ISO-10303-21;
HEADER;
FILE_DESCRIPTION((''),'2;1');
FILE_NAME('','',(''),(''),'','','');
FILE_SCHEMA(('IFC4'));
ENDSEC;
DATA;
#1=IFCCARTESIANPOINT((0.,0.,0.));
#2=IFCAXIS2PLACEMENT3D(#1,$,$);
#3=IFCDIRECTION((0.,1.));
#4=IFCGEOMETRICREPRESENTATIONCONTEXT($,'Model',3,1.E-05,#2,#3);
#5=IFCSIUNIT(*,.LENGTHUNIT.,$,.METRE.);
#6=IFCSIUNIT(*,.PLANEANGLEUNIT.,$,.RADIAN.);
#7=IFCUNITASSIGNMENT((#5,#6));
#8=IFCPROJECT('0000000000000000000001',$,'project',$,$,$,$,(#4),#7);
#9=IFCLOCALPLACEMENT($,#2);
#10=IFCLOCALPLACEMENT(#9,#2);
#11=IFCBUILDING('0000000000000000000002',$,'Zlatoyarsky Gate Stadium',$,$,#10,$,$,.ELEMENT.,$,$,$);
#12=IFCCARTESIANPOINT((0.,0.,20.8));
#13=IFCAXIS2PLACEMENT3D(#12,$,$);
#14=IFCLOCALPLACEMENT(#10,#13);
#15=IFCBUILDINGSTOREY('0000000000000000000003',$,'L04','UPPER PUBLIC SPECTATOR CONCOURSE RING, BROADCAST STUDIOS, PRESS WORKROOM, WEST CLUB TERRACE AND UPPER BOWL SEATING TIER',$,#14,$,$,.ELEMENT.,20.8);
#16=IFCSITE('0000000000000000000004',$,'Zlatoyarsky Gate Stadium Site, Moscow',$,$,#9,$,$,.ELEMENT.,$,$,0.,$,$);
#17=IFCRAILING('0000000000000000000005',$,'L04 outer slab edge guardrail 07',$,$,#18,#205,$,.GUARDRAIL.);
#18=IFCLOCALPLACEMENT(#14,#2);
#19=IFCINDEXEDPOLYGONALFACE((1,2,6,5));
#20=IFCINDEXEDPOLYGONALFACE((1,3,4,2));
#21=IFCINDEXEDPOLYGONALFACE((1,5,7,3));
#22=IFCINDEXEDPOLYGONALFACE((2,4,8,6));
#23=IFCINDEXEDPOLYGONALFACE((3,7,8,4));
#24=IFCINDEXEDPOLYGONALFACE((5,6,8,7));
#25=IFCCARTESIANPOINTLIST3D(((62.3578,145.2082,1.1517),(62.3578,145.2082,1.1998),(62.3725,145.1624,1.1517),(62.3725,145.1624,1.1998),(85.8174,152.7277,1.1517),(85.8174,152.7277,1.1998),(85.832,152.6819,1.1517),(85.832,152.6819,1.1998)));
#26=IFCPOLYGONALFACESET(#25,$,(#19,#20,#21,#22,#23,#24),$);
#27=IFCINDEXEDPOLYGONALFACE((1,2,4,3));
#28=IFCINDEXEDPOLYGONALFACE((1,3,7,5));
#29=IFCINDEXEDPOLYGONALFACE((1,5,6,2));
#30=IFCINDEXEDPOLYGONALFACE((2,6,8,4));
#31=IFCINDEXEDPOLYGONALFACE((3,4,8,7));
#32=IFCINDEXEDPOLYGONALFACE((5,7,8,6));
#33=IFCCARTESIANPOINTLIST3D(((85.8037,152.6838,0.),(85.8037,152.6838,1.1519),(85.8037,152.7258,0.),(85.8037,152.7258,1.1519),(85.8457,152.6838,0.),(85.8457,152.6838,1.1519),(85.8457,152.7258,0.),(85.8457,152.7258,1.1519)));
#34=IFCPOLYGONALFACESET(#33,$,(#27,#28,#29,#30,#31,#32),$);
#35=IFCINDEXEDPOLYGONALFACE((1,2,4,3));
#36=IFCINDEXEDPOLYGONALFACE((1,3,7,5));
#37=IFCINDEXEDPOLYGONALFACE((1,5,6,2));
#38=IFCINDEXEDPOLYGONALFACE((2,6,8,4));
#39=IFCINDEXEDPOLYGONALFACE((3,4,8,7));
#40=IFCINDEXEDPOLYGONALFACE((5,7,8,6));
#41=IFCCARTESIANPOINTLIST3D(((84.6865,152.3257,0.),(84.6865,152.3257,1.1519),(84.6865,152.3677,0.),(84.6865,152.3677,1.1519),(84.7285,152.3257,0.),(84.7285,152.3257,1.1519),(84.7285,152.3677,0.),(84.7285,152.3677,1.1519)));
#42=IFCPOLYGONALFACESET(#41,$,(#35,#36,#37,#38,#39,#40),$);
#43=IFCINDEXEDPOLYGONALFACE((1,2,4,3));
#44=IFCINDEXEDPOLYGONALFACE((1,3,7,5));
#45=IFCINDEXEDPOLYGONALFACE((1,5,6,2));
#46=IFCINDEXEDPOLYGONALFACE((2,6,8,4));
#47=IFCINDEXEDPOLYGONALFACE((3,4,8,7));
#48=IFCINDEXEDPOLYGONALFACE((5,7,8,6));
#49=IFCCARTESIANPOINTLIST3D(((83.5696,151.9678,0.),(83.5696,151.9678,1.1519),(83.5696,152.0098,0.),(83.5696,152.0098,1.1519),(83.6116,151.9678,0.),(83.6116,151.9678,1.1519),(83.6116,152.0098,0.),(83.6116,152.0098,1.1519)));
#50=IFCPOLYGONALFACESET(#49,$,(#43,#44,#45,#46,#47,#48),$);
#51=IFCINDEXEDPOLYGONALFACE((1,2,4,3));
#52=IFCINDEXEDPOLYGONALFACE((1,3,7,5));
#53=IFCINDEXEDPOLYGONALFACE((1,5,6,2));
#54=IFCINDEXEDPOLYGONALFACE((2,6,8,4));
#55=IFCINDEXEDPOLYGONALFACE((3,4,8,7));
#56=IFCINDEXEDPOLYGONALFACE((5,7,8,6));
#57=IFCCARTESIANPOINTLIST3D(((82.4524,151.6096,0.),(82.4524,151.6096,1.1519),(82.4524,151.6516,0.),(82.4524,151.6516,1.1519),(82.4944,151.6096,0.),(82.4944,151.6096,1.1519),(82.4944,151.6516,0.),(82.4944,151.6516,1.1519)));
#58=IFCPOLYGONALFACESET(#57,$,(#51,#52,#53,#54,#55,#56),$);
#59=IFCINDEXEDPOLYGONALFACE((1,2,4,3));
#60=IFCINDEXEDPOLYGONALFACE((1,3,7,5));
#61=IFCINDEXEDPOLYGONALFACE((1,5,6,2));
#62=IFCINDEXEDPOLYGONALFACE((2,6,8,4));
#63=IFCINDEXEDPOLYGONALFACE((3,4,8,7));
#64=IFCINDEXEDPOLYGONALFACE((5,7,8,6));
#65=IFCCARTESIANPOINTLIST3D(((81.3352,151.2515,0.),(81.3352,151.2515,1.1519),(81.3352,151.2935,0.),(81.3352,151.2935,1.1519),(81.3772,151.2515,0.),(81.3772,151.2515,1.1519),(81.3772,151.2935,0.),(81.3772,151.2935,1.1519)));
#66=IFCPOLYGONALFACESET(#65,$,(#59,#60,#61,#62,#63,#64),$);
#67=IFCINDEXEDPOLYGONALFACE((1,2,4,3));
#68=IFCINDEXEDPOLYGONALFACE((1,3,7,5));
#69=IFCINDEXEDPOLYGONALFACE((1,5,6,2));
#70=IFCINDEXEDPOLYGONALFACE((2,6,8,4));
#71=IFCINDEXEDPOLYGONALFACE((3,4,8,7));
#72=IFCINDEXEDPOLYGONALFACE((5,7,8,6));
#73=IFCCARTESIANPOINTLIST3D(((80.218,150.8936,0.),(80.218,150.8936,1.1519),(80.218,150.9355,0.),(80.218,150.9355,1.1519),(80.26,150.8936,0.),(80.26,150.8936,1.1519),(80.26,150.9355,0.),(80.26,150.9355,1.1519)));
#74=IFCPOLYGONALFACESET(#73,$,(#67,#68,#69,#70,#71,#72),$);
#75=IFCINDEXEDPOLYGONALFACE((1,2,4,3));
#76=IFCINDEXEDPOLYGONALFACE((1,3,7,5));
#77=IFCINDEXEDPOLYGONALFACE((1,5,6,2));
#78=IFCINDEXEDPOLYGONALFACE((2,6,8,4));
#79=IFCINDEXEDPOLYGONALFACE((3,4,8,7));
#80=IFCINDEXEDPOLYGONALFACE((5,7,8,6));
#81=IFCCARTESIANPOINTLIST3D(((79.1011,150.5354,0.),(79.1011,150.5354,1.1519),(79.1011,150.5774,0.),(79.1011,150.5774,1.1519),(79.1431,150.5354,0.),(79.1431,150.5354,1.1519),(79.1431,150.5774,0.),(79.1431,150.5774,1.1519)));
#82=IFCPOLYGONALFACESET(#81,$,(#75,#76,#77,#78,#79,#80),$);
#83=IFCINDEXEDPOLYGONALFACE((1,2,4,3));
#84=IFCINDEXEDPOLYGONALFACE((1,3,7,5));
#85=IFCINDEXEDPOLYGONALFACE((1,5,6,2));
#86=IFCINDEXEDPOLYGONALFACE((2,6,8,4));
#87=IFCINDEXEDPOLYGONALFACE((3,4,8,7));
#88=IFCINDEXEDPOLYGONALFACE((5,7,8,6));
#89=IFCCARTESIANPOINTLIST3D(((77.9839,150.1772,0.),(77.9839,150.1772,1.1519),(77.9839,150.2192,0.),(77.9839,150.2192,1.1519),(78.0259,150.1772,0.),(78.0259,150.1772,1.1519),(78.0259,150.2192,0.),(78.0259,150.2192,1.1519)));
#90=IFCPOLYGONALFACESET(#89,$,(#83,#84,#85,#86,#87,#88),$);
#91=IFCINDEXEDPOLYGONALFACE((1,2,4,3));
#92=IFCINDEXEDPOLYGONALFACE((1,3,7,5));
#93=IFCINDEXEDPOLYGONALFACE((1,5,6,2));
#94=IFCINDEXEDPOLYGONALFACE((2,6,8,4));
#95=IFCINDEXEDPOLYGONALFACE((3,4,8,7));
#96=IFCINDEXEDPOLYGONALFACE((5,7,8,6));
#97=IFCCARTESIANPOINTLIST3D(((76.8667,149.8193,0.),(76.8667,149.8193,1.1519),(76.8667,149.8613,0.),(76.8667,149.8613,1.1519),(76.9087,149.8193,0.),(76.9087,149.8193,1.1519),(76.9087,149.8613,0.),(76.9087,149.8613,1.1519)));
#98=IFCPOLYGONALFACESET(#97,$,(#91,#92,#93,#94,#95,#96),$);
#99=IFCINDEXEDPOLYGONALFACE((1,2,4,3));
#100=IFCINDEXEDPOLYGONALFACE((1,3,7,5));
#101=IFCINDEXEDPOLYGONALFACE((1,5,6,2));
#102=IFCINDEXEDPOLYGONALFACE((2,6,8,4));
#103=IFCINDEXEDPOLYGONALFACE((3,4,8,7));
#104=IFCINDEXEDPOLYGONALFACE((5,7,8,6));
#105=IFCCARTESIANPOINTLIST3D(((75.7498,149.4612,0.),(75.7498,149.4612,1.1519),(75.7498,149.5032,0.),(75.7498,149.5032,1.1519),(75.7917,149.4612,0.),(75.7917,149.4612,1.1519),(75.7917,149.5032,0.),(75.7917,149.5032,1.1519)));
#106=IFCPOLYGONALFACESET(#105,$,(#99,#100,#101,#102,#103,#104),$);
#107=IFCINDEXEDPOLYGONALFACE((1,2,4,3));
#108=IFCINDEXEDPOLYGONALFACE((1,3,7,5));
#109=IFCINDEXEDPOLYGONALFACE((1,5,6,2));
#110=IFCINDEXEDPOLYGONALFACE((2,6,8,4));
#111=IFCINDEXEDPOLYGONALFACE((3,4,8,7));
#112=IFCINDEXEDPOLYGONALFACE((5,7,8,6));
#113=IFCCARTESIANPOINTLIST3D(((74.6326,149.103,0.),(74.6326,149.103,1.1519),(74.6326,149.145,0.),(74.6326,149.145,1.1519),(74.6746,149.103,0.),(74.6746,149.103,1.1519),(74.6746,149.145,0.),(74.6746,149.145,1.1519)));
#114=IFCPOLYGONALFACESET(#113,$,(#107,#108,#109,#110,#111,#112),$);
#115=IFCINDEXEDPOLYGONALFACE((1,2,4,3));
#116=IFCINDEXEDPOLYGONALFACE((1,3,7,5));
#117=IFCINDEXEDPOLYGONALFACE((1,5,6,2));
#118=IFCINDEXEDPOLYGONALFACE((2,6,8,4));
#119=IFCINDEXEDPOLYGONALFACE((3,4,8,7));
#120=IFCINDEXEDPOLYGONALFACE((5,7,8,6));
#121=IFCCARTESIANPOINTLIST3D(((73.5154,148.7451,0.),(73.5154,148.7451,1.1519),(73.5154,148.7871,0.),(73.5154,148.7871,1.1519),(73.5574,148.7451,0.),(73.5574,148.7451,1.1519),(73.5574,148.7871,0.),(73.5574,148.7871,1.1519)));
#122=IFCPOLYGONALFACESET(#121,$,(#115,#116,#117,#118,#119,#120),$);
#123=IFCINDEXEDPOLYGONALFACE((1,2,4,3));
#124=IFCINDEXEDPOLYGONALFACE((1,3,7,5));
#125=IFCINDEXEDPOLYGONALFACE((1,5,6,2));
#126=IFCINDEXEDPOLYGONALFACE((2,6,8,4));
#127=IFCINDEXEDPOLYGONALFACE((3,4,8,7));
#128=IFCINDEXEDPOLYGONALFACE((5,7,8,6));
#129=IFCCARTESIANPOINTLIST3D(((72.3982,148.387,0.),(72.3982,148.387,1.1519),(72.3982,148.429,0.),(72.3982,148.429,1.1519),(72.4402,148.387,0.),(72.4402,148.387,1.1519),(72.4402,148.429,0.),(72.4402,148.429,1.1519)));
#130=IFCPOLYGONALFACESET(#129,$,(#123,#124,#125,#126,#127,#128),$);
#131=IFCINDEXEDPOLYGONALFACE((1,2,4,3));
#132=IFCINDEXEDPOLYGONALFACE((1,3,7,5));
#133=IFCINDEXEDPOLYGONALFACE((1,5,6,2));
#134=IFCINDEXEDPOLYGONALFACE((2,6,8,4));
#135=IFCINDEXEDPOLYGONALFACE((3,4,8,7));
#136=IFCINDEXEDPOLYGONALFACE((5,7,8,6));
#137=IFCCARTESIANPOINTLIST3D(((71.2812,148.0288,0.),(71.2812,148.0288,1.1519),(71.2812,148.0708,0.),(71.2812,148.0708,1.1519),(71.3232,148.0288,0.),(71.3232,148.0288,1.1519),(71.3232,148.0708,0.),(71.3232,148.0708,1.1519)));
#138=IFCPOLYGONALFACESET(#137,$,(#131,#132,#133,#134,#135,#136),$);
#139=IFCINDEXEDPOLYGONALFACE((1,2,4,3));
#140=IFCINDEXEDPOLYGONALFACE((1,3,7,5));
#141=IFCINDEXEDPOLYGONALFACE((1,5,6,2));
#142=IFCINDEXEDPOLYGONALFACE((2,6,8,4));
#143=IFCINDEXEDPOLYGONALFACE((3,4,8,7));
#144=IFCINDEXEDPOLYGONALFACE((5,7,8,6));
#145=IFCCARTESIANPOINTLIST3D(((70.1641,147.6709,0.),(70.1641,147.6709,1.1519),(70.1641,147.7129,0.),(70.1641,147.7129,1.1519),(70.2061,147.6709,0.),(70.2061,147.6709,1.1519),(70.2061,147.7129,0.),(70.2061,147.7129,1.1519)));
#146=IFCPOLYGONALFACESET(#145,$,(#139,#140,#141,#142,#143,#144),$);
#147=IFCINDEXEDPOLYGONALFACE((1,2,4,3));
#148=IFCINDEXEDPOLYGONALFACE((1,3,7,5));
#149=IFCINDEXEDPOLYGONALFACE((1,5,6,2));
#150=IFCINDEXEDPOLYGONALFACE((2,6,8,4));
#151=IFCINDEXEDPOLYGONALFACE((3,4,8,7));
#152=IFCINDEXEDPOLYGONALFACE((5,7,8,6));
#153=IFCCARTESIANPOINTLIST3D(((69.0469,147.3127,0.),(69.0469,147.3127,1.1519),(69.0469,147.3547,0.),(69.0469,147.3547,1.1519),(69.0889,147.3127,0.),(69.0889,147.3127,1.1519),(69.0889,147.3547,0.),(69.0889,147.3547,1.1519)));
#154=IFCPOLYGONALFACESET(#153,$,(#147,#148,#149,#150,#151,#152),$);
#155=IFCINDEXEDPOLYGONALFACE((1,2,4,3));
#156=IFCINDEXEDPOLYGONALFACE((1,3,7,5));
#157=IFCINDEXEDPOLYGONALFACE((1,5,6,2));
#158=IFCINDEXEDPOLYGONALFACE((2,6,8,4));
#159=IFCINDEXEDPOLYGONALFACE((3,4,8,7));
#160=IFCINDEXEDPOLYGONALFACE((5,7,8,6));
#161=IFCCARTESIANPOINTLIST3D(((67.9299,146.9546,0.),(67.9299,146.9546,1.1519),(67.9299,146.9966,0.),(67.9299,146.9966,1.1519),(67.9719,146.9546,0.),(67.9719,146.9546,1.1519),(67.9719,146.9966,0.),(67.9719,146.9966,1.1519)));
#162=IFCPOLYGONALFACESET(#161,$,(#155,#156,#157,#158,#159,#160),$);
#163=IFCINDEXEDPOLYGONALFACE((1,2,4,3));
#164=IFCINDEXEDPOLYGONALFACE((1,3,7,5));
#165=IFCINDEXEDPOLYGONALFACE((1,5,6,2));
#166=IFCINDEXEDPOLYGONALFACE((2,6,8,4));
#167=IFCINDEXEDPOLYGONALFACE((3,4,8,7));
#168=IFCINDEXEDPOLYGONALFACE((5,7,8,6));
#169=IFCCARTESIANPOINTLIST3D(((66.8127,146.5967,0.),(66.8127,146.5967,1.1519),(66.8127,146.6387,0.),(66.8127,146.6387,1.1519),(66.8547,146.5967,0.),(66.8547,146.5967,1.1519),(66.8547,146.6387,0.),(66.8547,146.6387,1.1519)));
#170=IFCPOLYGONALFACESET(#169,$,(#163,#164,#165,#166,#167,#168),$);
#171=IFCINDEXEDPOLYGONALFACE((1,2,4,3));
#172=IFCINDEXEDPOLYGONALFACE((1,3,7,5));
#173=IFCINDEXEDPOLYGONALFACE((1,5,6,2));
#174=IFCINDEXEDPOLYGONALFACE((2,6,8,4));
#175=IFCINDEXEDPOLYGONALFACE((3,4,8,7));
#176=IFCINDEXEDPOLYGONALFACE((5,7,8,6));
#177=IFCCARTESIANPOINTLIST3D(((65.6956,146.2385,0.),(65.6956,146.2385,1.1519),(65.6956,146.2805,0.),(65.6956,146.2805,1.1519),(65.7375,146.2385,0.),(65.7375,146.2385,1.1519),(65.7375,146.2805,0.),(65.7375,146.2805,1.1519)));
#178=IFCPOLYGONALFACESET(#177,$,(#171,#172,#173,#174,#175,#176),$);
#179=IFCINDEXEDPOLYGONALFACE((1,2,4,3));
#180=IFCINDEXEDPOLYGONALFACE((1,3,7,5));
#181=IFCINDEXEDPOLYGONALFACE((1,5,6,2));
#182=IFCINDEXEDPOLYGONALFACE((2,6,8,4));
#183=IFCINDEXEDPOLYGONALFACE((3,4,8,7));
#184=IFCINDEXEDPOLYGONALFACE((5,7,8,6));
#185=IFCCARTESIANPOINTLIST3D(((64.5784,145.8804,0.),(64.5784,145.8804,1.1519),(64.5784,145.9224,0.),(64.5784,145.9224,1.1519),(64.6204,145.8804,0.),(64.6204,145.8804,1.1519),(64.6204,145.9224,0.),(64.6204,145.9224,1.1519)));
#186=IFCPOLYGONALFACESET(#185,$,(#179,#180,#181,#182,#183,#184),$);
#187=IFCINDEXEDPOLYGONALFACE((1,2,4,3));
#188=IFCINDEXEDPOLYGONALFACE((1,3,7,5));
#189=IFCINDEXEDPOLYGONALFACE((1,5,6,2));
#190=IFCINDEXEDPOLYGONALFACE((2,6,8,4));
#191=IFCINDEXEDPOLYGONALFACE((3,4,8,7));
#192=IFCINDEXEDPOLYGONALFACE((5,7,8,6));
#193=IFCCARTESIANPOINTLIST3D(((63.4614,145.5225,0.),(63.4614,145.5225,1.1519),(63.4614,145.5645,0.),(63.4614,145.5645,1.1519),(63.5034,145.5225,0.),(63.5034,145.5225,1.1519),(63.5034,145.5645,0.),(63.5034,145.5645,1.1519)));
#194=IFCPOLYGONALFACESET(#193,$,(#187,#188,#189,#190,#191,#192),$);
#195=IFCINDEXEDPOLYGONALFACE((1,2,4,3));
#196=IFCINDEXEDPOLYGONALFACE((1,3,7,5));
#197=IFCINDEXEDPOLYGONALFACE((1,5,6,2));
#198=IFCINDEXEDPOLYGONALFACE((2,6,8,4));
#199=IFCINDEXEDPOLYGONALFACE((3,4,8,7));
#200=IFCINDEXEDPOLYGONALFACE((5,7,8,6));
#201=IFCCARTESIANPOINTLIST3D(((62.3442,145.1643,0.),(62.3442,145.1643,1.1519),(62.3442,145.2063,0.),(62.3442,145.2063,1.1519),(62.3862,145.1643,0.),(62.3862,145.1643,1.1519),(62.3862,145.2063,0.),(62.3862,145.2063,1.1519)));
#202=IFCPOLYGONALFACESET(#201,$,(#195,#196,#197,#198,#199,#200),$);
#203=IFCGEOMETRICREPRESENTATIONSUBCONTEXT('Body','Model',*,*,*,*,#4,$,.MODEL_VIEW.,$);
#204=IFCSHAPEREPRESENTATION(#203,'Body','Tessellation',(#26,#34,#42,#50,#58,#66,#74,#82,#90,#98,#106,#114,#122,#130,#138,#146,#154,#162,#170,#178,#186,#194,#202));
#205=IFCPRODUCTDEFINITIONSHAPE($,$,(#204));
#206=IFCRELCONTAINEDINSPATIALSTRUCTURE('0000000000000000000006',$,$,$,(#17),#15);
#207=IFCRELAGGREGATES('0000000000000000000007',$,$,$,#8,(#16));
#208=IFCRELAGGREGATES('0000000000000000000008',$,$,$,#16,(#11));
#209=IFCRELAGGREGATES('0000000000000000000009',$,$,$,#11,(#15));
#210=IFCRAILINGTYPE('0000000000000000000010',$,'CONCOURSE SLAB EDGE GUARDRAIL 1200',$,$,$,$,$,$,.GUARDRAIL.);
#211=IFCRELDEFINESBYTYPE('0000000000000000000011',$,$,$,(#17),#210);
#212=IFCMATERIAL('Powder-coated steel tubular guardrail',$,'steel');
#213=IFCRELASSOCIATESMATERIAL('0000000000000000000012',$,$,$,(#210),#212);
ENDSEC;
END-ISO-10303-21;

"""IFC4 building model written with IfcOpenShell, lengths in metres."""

from ifc_helpers import new_model, si_unit, direction, frame, origin, origin_2d, place, context, subcontext, project, spatial, rectangle, extrude, material, type_object, element, save


model = new_model("IFC4")

# Units and contexts
model_context = context("Model", 3, precision=1e-05, world=origin(), true_north=direction((0.0, 1.0)))
body_context = subcontext(model_context, "Body", "Model", "MODEL_VIEW")
ifc_project = project(units=[si_unit("LENGTHUNIT", "METRE"), si_unit("PLANEANGLEUNIT", "RADIAN")], contexts=[model_context])

# Site, building, storey
site_placement = place(None, origin())
site = spatial("IfcSite", under=ifc_project, at=site_placement, Name="Zlatoyarsky Gate Stadium Site, Moscow", CompositionType="ELEMENT", RefElevation=0.0)
building_placement = place(site_placement, origin())
building = spatial("IfcBuilding", under=site, at=building_placement, Name="Zlatoyarsky Gate Stadium", CompositionType="ELEMENT")
storey_placement = place(building_placement, frame((0.0, 0.0, 20.8)))
storey = spatial("IfcBuildingStorey", under=building, at=storey_placement, Name="L04", Description="UPPER PUBLIC SPECTATOR CONCOURSE RING, BROADCAST STUDIOS, PRESS WORKROOM, WEST CLUB TERRACE AND UPPER BOWL SEATING TIER", CompositionType="ELEMENT", Elevation=20.8)

# Railing
ifc_material_1 = material(Name="Powder-coated steel tubular guardrail", Category="steel")
railing_type = type_object("IfcRailingType", Name="CONCOURSE SLAB EDGE GUARDRAIL 1200", PredefinedType="GUARDRAIL", material=ifc_material_1)
railing_placement = place(storey_placement, frame((85.8247, 152.7048, 0.0)))
element("IfcRailing", 1, at=railing_placement, inside=storey, type_object=railing_type, Name="L04 outer slab edge guardrail 07", PredefinedType="GUARDRAIL", context=body_context, shape_type="SweptSolid", body=[
    extrude(rectangle(XDim=0.0481, YDim=0.0481, at=origin_2d()), frame((0.0, 0.0, 1.1758), z_axis=(-0.952277, -0.305236, 0.0), x_axis=(0.305236, -0.952277, 0.0)), (0.0, 0.0, 1.0), 24.6353),
    extrude(rectangle(XDim=0.042, YDim=0.042, at=origin_2d()), origin(), (0.0, 0.0, 1.0), 1.1519),
    extrude(rectangle(XDim=0.042, YDim=0.042, at=origin_2d()), frame((-1.1172, -0.3582, 0.0)), (0.0, 0.0, 1.0), 1.1519),
    extrude(rectangle(XDim=0.042, YDim=0.042, at=origin_2d()), frame((-2.2341, -0.7161, 0.0)), (0.0, 0.0, 1.0), 1.1519),
    extrude(rectangle(XDim=0.042, YDim=0.042, at=origin_2d()), frame((-3.3513, -1.0742, 0.0)), (0.0, 0.0, 1.0), 1.1519),
    extrude(rectangle(XDim=0.042, YDim=0.042, at=origin_2d()), frame((-4.4685, -1.4324, 0.0)), (0.0, 0.0, 1.0), 1.1519),
    extrude(rectangle(XDim=0.042, YDim=0.042, at=origin_2d()), frame((-5.5857, -1.7903, 0.0)), (0.0, 0.0, 1.0), 1.1519),
    extrude(rectangle(XDim=0.042, YDim=0.042, at=origin_2d()), frame((-6.7026, -2.1484, 0.0)), (0.0, 0.0, 1.0), 1.1519),
    extrude(rectangle(XDim=0.042, YDim=0.042, at=origin_2d()), frame((-7.8198, -2.5066, 0.0)), (0.0, 0.0, 1.0), 1.1519),
    extrude(rectangle(XDim=0.042, YDim=0.042, at=origin_2d()), frame((-8.937, -2.8645, 0.0)), (0.0, 0.0, 1.0), 1.1519),
    extrude(rectangle(XDim=0.042, YDim=0.042, at=origin_2d()), frame((-10.054, -3.2227, 0.0)), (0.0, 0.0, 1.0), 1.1519),
    extrude(rectangle(XDim=0.042, YDim=0.042, at=origin_2d()), frame((-11.1711, -3.5808, 0.0)), (0.0, 0.0, 1.0), 1.1519),
    extrude(rectangle(XDim=0.042, YDim=0.042, at=origin_2d()), frame((-12.2883, -3.9387, 0.0)), (0.0, 0.0, 1.0), 1.1519),
    extrude(rectangle(XDim=0.042, YDim=0.042, at=origin_2d()), frame((-13.4055, -4.2969, 0.0)), (0.0, 0.0, 1.0), 1.1519),
    extrude(rectangle(XDim=0.042, YDim=0.042, at=origin_2d()), frame((-14.5225, -4.655, 0.0)), (0.0, 0.0, 1.0), 1.1519),
    extrude(rectangle(XDim=0.042, YDim=0.042, at=origin_2d()), frame((-15.6396, -5.0129, 0.0)), (0.0, 0.0, 1.0), 1.1519),
    extrude(rectangle(XDim=0.042, YDim=0.042, at=origin_2d()), frame((-16.7568, -5.3711, 0.0)), (0.0, 0.0, 1.0), 1.1519),
    extrude(rectangle(XDim=0.042, YDim=0.042, at=origin_2d()), frame((-17.8738, -5.7292, 0.0)), (0.0, 0.0, 1.0), 1.1519),
    extrude(rectangle(XDim=0.042, YDim=0.042, at=origin_2d()), frame((-18.991, -6.0872, 0.0)), (0.0, 0.0, 1.0), 1.1519),
    extrude(rectangle(XDim=0.042, YDim=0.042, at=origin_2d()), frame((-20.1082, -6.4453, 0.0)), (0.0, 0.0, 1.0), 1.1519),
    extrude(rectangle(XDim=0.042, YDim=0.042, at=origin_2d()), frame((-21.2253, -6.8035, 0.0)), (0.0, 0.0, 1.0), 1.1519),
    extrude(rectangle(XDim=0.042, YDim=0.042, at=origin_2d()), frame((-22.3423, -7.1614, 0.0)), (0.0, 0.0, 1.0), 1.1519),
    extrude(rectangle(XDim=0.042, YDim=0.042, at=origin_2d()), frame((-23.4595, -7.5195, 0.0)), (0.0, 0.0, 1.0), 1.1519),
])

save(model, "model.ifc")
